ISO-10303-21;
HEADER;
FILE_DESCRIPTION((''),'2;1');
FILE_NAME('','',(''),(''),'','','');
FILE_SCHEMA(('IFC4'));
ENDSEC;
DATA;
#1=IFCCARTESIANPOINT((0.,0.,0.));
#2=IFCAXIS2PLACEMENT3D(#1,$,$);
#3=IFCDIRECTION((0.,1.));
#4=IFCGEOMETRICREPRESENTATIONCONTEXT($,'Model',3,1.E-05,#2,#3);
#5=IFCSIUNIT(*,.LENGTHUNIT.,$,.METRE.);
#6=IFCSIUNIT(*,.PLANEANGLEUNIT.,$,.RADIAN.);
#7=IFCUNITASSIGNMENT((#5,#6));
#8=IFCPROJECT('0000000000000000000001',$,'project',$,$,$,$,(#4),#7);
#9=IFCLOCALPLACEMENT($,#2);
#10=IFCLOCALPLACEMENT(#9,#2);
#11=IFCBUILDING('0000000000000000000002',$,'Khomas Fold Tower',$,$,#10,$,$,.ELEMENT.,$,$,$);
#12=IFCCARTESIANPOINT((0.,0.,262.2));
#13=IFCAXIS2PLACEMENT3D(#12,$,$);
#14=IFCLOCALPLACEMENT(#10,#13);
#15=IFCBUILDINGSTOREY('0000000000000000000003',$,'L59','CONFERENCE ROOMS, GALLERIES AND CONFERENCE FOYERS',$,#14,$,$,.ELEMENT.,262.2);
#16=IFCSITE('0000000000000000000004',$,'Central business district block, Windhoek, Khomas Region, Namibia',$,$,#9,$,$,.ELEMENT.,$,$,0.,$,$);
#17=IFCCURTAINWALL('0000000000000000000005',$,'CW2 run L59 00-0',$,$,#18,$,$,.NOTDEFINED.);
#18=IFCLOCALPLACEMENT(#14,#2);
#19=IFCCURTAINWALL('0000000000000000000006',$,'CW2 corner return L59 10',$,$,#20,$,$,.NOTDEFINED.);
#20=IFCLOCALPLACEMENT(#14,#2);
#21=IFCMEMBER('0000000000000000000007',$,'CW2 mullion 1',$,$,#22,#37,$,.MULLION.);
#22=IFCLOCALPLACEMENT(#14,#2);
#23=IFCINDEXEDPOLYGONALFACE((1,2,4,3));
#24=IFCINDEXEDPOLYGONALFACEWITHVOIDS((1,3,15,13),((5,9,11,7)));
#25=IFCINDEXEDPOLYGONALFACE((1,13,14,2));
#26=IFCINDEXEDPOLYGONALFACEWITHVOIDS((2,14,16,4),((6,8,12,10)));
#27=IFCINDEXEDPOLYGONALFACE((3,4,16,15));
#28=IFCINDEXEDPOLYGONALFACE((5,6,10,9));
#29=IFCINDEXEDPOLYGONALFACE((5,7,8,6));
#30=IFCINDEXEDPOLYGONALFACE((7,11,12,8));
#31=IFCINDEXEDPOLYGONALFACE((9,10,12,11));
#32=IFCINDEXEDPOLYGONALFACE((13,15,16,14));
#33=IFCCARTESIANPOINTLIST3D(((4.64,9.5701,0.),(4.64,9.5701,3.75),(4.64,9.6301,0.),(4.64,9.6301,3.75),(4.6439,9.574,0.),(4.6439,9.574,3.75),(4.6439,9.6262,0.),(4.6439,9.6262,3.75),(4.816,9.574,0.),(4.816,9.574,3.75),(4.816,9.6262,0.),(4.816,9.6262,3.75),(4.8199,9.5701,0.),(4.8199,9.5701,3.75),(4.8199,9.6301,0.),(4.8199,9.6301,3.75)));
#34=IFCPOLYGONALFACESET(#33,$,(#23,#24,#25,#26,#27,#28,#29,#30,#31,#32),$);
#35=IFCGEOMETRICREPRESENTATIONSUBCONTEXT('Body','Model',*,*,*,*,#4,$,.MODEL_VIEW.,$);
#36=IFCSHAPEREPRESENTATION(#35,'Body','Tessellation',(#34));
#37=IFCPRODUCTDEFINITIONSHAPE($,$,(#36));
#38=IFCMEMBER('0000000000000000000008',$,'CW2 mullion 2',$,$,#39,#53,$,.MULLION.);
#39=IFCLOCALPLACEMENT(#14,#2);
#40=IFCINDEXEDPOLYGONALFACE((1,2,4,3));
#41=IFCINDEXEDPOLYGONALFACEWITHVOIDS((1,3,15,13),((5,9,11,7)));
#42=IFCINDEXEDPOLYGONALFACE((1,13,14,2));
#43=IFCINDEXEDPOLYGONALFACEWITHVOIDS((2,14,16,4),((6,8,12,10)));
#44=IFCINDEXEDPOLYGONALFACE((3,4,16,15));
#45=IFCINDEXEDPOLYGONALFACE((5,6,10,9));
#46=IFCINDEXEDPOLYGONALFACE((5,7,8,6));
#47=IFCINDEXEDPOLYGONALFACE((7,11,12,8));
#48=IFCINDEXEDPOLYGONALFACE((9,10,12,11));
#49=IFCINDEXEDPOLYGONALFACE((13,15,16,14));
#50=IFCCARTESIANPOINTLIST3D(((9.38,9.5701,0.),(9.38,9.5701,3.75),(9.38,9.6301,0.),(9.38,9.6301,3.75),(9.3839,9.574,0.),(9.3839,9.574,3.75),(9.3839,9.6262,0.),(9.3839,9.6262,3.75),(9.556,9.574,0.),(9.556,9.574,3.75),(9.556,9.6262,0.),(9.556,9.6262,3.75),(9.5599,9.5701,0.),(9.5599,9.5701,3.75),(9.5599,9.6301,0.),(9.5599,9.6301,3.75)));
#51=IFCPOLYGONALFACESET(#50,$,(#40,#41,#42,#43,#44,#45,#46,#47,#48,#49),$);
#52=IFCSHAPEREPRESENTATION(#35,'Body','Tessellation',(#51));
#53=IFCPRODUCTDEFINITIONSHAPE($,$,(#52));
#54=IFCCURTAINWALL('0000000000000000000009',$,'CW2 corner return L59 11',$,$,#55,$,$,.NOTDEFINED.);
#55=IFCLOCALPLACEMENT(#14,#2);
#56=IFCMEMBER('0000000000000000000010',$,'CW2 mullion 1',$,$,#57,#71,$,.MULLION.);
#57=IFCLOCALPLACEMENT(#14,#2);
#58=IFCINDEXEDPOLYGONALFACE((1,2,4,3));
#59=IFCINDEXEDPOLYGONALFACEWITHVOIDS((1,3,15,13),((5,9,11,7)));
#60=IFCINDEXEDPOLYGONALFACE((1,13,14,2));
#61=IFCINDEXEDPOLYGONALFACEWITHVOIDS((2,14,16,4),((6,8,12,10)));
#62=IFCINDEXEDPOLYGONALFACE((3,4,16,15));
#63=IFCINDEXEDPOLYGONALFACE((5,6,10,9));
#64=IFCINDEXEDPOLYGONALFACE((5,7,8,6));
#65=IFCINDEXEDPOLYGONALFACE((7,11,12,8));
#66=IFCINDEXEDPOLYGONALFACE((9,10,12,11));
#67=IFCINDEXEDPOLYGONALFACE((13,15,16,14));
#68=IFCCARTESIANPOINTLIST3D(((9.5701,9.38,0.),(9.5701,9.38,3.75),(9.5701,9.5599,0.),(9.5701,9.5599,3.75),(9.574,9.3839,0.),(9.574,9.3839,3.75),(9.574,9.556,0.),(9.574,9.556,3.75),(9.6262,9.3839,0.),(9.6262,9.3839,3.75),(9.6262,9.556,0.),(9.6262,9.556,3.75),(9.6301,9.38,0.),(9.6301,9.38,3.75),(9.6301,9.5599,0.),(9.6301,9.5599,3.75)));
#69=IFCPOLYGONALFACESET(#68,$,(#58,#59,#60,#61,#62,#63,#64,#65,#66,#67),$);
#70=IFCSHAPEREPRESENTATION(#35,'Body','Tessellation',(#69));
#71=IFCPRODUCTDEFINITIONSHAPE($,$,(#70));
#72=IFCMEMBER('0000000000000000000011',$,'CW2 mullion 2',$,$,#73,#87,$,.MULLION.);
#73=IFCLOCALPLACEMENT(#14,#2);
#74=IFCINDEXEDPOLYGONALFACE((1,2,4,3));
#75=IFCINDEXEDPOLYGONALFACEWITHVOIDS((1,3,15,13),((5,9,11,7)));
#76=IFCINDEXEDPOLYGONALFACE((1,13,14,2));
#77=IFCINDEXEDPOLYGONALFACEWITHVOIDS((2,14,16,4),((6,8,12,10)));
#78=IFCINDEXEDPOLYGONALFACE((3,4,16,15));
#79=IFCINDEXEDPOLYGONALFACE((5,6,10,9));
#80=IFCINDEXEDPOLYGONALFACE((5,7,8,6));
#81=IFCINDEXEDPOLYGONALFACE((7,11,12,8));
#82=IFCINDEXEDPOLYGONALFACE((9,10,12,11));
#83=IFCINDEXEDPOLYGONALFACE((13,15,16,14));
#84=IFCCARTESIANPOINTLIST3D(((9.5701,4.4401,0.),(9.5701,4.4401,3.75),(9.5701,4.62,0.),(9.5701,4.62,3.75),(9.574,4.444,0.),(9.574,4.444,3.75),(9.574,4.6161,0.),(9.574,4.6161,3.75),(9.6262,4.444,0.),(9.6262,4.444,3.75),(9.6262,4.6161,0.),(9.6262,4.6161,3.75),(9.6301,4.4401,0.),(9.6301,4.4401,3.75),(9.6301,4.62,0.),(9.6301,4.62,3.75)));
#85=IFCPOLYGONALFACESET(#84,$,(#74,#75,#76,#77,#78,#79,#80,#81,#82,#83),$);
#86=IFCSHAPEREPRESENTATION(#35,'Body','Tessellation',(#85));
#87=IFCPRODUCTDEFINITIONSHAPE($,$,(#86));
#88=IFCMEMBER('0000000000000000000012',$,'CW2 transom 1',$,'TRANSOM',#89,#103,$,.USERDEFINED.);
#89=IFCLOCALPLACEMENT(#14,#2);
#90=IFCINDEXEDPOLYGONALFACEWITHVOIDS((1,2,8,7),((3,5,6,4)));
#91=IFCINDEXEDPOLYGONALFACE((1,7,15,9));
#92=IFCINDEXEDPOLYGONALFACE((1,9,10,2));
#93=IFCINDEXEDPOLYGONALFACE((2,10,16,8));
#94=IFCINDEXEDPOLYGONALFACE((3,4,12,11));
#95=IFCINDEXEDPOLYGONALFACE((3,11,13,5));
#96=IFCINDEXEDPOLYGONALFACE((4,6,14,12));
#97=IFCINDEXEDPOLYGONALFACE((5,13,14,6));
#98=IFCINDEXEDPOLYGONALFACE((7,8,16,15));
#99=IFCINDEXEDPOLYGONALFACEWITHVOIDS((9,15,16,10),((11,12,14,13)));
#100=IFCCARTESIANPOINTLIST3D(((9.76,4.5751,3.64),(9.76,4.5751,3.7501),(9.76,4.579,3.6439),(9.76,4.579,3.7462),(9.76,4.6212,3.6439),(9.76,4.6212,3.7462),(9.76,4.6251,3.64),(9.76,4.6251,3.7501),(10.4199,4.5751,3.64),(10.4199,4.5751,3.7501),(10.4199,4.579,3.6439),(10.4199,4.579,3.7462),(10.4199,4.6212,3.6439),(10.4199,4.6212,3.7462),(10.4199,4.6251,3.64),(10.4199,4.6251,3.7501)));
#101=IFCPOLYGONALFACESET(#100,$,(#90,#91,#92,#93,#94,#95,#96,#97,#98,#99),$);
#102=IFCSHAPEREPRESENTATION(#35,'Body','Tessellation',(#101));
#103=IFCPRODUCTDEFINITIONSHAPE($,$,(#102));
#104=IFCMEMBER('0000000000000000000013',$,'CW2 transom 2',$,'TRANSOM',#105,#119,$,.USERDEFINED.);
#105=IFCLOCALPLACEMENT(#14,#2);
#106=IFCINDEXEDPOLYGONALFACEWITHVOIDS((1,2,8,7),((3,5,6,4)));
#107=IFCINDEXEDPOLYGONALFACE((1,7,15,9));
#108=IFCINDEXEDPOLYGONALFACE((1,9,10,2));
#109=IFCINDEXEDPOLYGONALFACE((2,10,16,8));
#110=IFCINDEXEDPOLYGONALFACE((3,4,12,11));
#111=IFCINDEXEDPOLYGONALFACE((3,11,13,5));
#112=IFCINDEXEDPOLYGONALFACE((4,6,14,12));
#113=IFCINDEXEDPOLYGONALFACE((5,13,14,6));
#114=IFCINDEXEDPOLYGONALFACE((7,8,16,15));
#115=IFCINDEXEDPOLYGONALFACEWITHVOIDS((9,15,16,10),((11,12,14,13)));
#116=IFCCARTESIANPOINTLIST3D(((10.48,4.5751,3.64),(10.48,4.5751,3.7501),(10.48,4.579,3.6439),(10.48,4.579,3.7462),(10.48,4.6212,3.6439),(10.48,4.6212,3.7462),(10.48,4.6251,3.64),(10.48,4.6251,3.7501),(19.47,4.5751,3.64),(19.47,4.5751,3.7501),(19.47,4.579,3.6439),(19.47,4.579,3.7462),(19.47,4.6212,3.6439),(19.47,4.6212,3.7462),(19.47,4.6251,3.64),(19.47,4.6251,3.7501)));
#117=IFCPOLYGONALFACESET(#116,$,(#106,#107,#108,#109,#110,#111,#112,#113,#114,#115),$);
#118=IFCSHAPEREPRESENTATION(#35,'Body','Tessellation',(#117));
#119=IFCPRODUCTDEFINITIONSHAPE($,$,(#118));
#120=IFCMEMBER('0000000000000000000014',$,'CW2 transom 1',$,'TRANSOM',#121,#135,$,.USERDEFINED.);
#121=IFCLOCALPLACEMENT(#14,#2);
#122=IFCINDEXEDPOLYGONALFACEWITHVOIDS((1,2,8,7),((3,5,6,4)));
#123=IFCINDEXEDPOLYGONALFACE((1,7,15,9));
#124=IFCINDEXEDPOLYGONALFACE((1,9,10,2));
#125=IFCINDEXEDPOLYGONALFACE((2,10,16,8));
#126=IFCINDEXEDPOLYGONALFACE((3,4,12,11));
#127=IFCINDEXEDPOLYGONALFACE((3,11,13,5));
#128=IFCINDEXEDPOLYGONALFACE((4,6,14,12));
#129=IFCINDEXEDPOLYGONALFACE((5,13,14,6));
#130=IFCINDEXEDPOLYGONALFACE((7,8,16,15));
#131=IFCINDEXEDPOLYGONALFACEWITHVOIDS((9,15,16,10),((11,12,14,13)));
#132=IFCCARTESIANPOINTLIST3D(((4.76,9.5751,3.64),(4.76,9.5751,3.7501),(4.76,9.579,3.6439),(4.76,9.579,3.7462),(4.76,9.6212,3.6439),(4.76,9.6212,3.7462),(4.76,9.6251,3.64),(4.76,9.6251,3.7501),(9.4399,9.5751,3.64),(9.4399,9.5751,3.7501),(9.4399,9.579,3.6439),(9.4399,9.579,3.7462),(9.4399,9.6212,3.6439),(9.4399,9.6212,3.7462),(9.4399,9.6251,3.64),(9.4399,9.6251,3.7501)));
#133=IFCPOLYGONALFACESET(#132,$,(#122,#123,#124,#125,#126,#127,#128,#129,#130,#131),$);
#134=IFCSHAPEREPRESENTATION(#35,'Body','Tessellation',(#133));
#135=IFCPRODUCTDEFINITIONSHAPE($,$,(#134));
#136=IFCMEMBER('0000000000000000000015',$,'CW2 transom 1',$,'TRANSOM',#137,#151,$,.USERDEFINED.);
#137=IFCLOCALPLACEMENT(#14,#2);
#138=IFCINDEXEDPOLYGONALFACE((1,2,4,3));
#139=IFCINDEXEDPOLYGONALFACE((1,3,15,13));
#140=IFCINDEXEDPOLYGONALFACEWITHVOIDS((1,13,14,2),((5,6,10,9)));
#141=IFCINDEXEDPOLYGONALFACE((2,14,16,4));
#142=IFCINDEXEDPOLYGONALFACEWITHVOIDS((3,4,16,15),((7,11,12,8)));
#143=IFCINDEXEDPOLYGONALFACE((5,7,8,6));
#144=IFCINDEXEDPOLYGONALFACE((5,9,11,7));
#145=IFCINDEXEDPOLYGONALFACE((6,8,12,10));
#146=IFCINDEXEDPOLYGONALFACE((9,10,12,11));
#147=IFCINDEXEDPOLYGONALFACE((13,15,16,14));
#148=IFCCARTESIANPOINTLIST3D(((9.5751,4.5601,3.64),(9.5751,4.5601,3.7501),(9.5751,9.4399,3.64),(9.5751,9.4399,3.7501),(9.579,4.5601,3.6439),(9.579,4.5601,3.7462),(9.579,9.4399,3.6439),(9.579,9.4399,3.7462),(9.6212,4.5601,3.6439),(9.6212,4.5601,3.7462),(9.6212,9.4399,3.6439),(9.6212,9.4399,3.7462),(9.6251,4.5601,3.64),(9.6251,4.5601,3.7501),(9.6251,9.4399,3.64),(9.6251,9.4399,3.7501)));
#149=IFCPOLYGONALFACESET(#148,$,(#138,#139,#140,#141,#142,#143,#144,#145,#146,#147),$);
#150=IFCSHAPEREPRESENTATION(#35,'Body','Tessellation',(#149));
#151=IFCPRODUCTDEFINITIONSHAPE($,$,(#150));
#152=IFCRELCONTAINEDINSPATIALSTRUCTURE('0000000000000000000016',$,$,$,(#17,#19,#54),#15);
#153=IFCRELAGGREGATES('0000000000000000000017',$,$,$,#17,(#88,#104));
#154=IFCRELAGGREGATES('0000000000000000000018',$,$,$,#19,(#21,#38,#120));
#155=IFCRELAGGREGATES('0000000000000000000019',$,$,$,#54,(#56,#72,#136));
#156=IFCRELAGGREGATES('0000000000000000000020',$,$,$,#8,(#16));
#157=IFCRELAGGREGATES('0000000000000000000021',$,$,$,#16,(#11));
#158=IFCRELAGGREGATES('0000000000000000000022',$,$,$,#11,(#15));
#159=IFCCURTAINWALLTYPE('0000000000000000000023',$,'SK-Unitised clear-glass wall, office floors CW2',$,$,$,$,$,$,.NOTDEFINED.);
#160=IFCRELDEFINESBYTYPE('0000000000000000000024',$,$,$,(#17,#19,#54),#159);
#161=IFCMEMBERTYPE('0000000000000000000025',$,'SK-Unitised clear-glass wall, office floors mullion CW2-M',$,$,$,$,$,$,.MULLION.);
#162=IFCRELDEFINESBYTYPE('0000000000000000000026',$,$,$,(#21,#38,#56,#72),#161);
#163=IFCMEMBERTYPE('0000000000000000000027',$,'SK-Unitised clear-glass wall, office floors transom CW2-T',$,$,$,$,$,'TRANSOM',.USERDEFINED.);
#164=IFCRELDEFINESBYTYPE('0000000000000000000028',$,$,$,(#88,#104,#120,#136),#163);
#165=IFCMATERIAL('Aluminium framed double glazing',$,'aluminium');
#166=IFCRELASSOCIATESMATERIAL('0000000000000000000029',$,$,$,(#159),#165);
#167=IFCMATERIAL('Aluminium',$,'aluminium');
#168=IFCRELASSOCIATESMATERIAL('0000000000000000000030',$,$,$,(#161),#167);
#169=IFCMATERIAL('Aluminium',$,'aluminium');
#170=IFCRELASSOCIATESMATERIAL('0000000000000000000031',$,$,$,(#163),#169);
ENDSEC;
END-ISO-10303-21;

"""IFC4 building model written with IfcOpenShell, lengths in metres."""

from ifc_helpers import new_model, si_unit, direction, frame, origin, origin_2d, place, context, subcontext, project, spatial, hollow_rectangle, extrude, source, transform, mapped, material, material_profile, profile_set, type_object, element, aggregate, save


model = new_model("IFC4")

# Units and contexts
model_context = context("Model", 3, precision=1e-05, world=origin(), true_north=direction((0.0, 1.0)))
body_context = subcontext(model_context, "Body", "Model", "MODEL_VIEW")
ifc_project = project(units=[si_unit("LENGTHUNIT", "METRE"), si_unit("PLANEANGLEUNIT", "RADIAN")], contexts=[model_context])

# Site, building, storey
site_placement = place(None, origin())
site = spatial("IfcSite", under=ifc_project, at=site_placement, Name="Central business district block, Windhoek, Khomas Region, Namibia", CompositionType="ELEMENT", RefElevation=0.0)
building_placement = place(site_placement, origin())
building = spatial("IfcBuilding", under=site, at=building_placement, Name="Khomas Fold Tower", CompositionType="ELEMENT")
storey_placement = place(building_placement, frame((0.0, 0.0, 262.2)))
storey = spatial("IfcBuildingStorey", under=building, at=storey_placement, Name="L59", Description="CONFERENCE ROOMS, GALLERIES AND CONFERENCE FOYERS", CompositionType="ELEMENT", Elevation=262.2)

# Curtain wall
ifc_material_1 = material(Name="Aluminium framed double glazing", Category="aluminium")
curtain_wall_type = type_object("IfcCurtainWallType", Name="SK-Unitised clear-glass wall, office floors CW2", PredefinedType="NOTDEFINED", material=ifc_material_1)
curtain_wall_1_placement = place(storey_placement, origin())
curtain_wall_1 = element("IfcCurtainWall", 1, at=curtain_wall_1_placement, inside=storey, type_object=curtain_wall_type, Name="CW2 run L59 00-0", PredefinedType="NOTDEFINED")
ifc_material_2 = material(Name="Aluminium", Category="aluminium")
ifc_material_profile_1 = material_profile(ifc_material_2, hollow_rectangle(XDim=0.0601, YDim=0.1799, WallThickness=0.0039, at=origin_2d()), Name="SK-Unitised clear-glass wall, office floors mullion CW2-M")
ifc_profile_set_1 = profile_set([ifc_material_profile_1], Name="Aluminium")
member_type_1 = type_object("IfcMemberType", Name="SK-Unitised clear-glass wall, office floors mullion CW2-M", PredefinedType="MULLION", material=ifc_profile_set_1)
shared_shape_1 = source(origin(), body_context, "Body", "SweptSolid", [
    extrude(hollow_rectangle(XDim=0.0601, YDim=0.1799, WallThickness=0.0039, at=origin_2d()), origin(), (0.0, 0.0, 1.0), 3.75),
])

# Curtain walls, members
curtain_wall_2_placement = place(storey_placement, origin())
curtain_wall_2 = element("IfcCurtainWall", 2, at=curtain_wall_2_placement, inside=storey, type_object=curtain_wall_type, Name="CW2 corner return L59 10", PredefinedType="NOTDEFINED")
member_1_placement = place(storey_placement, frame((4.73, 9.6001, 0.0), z_axis=(0.0, 0.0, 1.0), x_axis=(0.0, 1.0, 0.0)))
member_1 = element("IfcMember", 3, at=member_1_placement, type_object=member_type_1, Name="CW2 mullion 1", PredefinedType="MULLION", context=body_context, shape_type="MappedRepresentation", body=[
    mapped(shared_shape_1, transform((0.0, 0.0, 0.0))),
])
member_2_placement = place(storey_placement, frame((9.47, 9.6001, 0.0), z_axis=(0.0, 0.0, 1.0), x_axis=(0.0, 1.0, 0.0)))
member_2 = element("IfcMember", 4, at=member_2_placement, type_object=member_type_1, Name="CW2 mullion 2", PredefinedType="MULLION", context=body_context, shape_type="MappedRepresentation", body=[
    mapped(shared_shape_1, transform((0.0, 0.0, 0.0))),
])
curtain_wall_3_placement = place(storey_placement, origin())
curtain_wall_3 = element("IfcCurtainWall", 5, at=curtain_wall_3_placement, inside=storey, type_object=curtain_wall_type, Name="CW2 corner return L59 11", PredefinedType="NOTDEFINED")
member_3_placement = place(storey_placement, frame((9.6001, 9.47, 0.0), z_axis=(0.0, 0.0, 1.0), x_axis=(1.0, 0.0, 0.0)))
member_3 = element("IfcMember", 6, at=member_3_placement, type_object=member_type_1, Name="CW2 mullion 1", PredefinedType="MULLION", context=body_context, shape_type="MappedRepresentation", body=[
    mapped(shared_shape_1, transform((0.0, 0.0, 0.0))),
])
member_4_placement = place(storey_placement, frame((9.6001, 4.53, 0.0), z_axis=(0.0, 0.0, 1.0), x_axis=(1.0, 0.0, 0.0)))
member_4 = element("IfcMember", 7, at=member_4_placement, type_object=member_type_1, Name="CW2 mullion 2", PredefinedType="MULLION", context=body_context, shape_type="MappedRepresentation", body=[
    mapped(shared_shape_1, transform((0.0, 0.0, 0.0))),
])

# Members
ifc_material_3 = material(Name="Aluminium", Category="aluminium")
ifc_material_profile_2 = material_profile(ifc_material_3, hollow_rectangle(XDim=0.05, YDim=0.1101, WallThickness=0.0039, at=origin_2d()), Name="SK-Unitised clear-glass wall, office floors transom CW2-T")
ifc_profile_set_2 = profile_set([ifc_material_profile_2], Name="Aluminium")
member_type_2 = type_object("IfcMemberType", Name="SK-Unitised clear-glass wall, office floors transom CW2-T", ElementType="TRANSOM", PredefinedType="USERDEFINED", material=ifc_profile_set_2)
shared_shape_2 = source(origin(), body_context, "Body", "SweptSolid", [
    extrude(hollow_rectangle(XDim=0.05, YDim=0.1101, WallThickness=0.0039, at=origin_2d()), origin(), (0.0, 0.0, 1.0), 0.6599),
])
member_5_placement = place(storey_placement, frame((9.76, 4.6001, 3.6951), z_axis=(1.0, 0.0, 0.0), x_axis=(0.0, 1.0, 0.0)))
member_5 = element("IfcMember", 8, at=member_5_placement, type_object=member_type_2, Name="CW2 transom 1", ObjectType="TRANSOM", PredefinedType="USERDEFINED", context=body_context, shape_type="MappedRepresentation", body=[
    mapped(shared_shape_2, transform((0.0, 0.0, 0.0))),
])
shared_shape_3 = source(origin(), body_context, "Body", "SweptSolid", [
    extrude(hollow_rectangle(XDim=0.05, YDim=0.1101, WallThickness=0.0039, at=origin_2d()), origin(), (0.0, 0.0, 1.0), 8.99),
])
member_6_placement = place(storey_placement, frame((10.48, 4.6001, 3.6951), z_axis=(1.0, 0.0, 0.0), x_axis=(0.0, 1.0, 0.0)))
member_6 = element("IfcMember", 9, at=member_6_placement, type_object=member_type_2, Name="CW2 transom 2", ObjectType="TRANSOM", PredefinedType="USERDEFINED", context=body_context, shape_type="MappedRepresentation", body=[
    mapped(shared_shape_3, transform((0.0, 0.0, 0.0))),
])
shared_shape_4 = source(origin(), body_context, "Body", "SweptSolid", [
    extrude(hollow_rectangle(XDim=0.05, YDim=0.1101, WallThickness=0.0039, at=origin_2d()), origin(), (0.0, 0.0, 1.0), 4.6799),
])
member_7_placement = place(storey_placement, frame((4.76, 9.6001, 3.6951), z_axis=(1.0, 0.0, 0.0), x_axis=(0.0, 1.0, 0.0)))
member_7 = element("IfcMember", 10, at=member_7_placement, type_object=member_type_2, Name="CW2 transom 1", ObjectType="TRANSOM", PredefinedType="USERDEFINED", context=body_context, shape_type="MappedRepresentation", body=[
    mapped(shared_shape_4, transform((0.0, 0.0, 0.0))),
])
shared_shape_5 = source(origin(), body_context, "Body", "SweptSolid", [
    extrude(hollow_rectangle(XDim=0.05, YDim=0.1101, WallThickness=0.0039, at=origin_2d()), origin(), (0.0, 0.0, 1.0), 4.8799),
])
member_8_placement = place(storey_placement, frame((9.6001, 9.4399, 3.6951), z_axis=(0.0, -1.0, 0.0), x_axis=(1.0, 0.0, 0.0)))
member_8 = element("IfcMember", 11, at=member_8_placement, type_object=member_type_2, Name="CW2 transom 1", ObjectType="TRANSOM", PredefinedType="USERDEFINED", context=body_context, shape_type="MappedRepresentation", body=[
    mapped(shared_shape_5, transform((0.0, 0.0, 0.0))),
])

aggregate(curtain_wall_1, [member_5, member_6])
aggregate(curtain_wall_2, [member_1, member_2, member_7])
aggregate(curtain_wall_3, [member_3, member_4, member_8])

save(model, "model.ifc")
